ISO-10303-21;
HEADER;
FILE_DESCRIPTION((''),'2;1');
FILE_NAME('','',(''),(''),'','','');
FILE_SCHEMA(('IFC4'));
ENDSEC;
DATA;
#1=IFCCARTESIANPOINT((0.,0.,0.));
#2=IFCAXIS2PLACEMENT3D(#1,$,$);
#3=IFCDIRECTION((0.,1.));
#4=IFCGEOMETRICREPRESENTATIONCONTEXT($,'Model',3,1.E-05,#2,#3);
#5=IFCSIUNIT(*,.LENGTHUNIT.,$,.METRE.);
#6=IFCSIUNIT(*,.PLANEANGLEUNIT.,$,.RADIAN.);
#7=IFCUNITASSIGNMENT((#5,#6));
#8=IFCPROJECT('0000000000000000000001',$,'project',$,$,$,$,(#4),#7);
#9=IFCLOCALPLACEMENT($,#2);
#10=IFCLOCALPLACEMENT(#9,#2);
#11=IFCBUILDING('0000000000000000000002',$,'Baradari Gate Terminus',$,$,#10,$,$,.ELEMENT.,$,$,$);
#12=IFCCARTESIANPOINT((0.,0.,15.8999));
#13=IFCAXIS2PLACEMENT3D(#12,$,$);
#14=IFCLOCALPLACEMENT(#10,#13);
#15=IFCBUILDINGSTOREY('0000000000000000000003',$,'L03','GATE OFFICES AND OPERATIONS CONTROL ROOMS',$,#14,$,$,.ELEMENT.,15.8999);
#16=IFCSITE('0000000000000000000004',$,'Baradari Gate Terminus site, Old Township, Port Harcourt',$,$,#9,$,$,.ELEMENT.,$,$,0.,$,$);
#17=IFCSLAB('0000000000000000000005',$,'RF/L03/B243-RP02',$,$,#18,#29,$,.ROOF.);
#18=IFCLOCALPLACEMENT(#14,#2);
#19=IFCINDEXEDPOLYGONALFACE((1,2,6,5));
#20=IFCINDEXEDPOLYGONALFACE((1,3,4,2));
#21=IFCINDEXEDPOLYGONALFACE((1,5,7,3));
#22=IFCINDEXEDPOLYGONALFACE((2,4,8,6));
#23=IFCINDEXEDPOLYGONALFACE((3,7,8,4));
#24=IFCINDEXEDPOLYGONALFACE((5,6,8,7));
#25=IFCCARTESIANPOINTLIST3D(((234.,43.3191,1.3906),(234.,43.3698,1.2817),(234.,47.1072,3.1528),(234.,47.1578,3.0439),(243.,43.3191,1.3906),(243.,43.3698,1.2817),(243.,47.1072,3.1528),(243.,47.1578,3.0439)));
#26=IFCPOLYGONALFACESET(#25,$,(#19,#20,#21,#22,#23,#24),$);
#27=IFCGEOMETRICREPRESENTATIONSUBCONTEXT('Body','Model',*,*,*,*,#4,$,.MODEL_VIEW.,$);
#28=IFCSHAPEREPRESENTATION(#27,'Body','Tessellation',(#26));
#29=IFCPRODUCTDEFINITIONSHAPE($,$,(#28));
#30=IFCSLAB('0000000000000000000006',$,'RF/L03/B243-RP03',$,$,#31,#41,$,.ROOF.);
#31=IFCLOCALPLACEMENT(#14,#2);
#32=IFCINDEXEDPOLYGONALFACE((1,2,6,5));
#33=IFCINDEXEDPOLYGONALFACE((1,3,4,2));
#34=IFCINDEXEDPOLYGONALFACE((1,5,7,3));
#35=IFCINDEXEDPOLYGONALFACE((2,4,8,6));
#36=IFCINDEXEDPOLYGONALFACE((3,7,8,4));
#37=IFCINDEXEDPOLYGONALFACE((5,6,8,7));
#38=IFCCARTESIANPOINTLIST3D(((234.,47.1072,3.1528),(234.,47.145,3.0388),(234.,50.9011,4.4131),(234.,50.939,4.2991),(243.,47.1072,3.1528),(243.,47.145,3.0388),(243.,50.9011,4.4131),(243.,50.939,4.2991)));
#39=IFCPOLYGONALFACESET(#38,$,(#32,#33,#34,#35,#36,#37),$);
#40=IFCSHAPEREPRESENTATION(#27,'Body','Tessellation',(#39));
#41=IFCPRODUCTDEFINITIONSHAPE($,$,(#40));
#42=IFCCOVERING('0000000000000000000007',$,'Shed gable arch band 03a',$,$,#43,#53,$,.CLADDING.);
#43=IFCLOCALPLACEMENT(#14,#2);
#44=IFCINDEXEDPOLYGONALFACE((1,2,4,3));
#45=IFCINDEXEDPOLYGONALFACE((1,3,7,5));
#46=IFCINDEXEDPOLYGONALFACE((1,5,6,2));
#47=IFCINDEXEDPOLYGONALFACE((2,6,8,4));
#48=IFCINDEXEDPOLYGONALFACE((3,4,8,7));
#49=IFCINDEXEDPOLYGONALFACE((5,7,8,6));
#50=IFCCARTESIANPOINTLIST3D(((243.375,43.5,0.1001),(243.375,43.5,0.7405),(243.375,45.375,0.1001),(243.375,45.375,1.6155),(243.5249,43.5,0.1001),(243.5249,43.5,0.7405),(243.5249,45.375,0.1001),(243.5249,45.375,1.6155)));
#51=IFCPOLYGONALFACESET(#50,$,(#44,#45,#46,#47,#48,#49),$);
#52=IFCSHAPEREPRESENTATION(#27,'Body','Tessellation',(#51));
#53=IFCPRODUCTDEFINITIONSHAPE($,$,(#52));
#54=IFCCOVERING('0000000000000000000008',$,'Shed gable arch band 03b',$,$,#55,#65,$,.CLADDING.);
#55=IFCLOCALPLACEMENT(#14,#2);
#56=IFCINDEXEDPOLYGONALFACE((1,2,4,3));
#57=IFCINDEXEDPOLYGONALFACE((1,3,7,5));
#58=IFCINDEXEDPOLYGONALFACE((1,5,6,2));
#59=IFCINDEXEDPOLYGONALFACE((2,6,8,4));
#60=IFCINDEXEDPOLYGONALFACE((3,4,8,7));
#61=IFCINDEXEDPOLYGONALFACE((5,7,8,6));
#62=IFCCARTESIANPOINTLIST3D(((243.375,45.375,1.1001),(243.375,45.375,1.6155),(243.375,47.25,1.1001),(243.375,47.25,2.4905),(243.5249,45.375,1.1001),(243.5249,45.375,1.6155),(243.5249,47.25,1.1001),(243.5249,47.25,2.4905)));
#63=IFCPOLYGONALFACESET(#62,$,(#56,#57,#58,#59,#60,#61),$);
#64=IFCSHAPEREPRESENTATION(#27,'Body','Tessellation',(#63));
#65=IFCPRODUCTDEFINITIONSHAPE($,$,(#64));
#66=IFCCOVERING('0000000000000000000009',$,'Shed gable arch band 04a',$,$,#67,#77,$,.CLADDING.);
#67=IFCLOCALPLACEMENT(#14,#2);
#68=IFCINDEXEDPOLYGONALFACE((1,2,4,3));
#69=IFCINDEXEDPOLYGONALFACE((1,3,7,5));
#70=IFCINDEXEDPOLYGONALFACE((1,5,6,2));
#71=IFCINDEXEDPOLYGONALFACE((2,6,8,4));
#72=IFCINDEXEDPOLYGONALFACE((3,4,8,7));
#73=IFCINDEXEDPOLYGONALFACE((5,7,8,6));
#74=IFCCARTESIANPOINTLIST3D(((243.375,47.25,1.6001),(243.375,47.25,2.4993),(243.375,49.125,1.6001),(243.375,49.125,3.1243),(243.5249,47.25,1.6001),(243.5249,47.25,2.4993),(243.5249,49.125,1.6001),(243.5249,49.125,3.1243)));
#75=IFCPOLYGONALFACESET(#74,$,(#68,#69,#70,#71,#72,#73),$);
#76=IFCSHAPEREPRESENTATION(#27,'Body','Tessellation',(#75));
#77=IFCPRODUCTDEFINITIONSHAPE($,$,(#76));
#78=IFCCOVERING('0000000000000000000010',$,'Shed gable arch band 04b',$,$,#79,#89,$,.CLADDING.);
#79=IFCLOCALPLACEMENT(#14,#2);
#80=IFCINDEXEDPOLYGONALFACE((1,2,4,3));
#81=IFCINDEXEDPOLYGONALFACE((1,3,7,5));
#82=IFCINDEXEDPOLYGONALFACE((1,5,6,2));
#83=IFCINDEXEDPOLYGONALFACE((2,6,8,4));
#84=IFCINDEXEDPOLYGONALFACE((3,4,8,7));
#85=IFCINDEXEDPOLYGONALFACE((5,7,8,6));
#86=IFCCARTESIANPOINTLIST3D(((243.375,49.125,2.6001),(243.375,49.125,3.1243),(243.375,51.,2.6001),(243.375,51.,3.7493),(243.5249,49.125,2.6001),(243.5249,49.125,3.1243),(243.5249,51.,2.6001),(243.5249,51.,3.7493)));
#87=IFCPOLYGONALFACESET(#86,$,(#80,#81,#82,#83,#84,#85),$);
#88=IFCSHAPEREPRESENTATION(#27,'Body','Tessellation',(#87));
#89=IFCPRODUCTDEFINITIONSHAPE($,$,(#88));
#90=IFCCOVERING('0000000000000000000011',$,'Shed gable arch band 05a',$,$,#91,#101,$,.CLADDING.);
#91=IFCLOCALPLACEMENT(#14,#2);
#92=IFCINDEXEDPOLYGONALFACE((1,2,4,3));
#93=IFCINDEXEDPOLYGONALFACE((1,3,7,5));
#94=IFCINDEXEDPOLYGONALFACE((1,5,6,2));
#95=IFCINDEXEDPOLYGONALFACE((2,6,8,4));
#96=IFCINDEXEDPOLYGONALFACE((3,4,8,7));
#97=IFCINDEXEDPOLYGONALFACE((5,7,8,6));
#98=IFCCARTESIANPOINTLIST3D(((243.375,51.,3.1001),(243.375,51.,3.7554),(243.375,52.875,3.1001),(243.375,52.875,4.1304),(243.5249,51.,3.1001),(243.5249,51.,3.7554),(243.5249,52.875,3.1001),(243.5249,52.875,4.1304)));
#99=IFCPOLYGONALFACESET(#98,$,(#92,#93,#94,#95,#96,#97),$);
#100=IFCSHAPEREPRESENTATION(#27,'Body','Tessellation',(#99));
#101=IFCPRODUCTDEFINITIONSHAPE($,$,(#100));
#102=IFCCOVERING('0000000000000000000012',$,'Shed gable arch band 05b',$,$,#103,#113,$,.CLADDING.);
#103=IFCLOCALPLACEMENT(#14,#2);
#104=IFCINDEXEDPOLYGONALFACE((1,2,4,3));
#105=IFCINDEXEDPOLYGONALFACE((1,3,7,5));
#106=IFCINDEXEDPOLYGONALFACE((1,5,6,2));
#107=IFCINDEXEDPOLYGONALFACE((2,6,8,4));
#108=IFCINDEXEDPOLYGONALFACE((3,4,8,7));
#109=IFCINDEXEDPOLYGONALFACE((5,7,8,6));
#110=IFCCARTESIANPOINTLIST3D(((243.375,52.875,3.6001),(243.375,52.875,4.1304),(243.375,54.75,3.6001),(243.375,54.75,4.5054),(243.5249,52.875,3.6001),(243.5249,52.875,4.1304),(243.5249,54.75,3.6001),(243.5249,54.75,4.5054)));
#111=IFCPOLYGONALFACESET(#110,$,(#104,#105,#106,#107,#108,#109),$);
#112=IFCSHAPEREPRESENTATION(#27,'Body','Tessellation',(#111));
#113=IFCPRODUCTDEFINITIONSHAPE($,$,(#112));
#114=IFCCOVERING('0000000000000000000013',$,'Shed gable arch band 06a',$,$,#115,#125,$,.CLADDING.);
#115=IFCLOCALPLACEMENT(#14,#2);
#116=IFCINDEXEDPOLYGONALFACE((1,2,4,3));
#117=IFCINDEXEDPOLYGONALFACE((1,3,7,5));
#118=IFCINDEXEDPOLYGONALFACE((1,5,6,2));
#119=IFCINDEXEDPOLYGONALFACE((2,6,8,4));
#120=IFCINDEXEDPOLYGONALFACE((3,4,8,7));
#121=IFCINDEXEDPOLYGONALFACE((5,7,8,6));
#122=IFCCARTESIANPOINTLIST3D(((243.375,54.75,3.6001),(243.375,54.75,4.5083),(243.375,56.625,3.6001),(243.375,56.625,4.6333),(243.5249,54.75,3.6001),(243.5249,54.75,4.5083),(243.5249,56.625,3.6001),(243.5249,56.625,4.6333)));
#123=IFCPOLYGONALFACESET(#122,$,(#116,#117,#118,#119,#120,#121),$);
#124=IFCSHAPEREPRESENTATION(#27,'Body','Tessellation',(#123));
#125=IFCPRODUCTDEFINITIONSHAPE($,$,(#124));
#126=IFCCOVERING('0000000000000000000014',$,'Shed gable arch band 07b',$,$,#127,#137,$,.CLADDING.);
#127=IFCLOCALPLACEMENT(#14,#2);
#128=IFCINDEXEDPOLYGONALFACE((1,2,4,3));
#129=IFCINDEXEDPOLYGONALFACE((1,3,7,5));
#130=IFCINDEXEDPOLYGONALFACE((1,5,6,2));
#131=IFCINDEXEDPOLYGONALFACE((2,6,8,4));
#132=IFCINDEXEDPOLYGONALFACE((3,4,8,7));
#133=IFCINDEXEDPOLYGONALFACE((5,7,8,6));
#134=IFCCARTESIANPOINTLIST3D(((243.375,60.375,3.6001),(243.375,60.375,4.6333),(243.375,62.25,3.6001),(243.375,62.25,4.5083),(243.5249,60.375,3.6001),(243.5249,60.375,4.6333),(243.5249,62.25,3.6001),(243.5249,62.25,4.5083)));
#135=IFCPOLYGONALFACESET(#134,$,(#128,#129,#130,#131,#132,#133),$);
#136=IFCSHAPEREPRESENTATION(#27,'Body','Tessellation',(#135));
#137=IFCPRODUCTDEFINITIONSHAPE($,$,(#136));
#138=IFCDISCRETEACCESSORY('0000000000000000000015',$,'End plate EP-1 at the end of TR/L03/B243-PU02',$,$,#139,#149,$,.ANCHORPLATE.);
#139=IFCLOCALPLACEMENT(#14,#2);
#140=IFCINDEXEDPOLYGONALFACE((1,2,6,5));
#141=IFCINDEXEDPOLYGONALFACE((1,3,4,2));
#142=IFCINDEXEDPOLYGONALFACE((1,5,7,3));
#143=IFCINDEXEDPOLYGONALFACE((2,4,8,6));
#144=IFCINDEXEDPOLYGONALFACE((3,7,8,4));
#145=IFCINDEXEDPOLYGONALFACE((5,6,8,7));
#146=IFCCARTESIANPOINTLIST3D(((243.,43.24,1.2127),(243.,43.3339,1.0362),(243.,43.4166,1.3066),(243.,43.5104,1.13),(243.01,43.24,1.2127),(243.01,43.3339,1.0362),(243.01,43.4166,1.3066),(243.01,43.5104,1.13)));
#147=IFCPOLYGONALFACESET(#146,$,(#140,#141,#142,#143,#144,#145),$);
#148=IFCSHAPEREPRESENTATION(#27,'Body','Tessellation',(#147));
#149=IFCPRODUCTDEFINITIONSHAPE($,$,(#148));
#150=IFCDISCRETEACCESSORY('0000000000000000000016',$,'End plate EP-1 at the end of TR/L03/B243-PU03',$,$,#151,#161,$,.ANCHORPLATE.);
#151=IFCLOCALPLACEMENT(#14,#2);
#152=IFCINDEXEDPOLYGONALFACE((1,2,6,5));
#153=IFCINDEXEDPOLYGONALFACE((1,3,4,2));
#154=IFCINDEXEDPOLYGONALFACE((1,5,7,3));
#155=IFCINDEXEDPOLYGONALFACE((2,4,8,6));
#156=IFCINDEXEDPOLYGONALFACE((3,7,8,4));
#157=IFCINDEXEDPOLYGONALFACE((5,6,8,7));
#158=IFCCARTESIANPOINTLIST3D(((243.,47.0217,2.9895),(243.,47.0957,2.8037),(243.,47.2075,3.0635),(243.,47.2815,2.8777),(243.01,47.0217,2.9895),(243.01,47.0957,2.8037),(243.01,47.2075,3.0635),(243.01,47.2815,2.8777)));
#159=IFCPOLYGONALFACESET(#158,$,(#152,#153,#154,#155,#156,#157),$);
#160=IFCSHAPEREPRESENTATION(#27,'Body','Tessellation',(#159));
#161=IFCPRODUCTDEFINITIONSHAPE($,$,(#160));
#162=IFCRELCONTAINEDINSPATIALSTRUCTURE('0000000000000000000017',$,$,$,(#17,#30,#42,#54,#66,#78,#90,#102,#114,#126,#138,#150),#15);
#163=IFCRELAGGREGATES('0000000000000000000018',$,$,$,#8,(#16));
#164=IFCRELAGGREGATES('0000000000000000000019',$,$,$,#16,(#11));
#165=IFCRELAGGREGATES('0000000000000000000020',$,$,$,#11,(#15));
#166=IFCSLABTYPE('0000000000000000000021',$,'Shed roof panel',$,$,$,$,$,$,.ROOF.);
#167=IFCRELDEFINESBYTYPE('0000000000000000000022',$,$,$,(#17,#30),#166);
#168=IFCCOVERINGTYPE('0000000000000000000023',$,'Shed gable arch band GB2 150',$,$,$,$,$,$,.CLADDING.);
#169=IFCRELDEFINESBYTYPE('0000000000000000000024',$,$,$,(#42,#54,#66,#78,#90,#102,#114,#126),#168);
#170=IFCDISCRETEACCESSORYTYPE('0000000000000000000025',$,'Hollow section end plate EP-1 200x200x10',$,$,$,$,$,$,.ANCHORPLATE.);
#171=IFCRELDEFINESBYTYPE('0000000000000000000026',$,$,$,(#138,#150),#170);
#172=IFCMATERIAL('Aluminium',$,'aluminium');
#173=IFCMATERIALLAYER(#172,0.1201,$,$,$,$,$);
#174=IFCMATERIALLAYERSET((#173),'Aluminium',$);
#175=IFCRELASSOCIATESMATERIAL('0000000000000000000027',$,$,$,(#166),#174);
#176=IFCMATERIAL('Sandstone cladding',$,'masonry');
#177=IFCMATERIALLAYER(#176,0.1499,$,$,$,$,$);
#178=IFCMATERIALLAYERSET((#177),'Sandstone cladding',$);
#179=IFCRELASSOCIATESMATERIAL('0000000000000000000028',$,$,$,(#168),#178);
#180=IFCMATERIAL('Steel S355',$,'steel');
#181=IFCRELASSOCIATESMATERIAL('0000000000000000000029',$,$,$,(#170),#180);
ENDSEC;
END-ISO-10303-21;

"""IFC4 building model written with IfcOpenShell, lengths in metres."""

from ifc_helpers import new_model, si_unit, direction, frame, origin, origin_2d, place, context, subcontext, project, spatial, polyline, rectangle, outline, extrude, material, layer, layer_set, type_object, element, save


model = new_model("IFC4")

# Units and contexts
model_context = context("Model", 3, precision=1e-05, world=origin(), true_north=direction((0.0, 1.0)))
body_context = subcontext(model_context, "Body", "Model", "MODEL_VIEW")
ifc_project = project(units=[si_unit("LENGTHUNIT", "METRE"), si_unit("PLANEANGLEUNIT", "RADIAN")], contexts=[model_context])

# Site, building, storey
site_placement = place(None, origin())
site = spatial("IfcSite", under=ifc_project, at=site_placement, Name="Baradari Gate Terminus site, Old Township, Port Harcourt", CompositionType="ELEMENT", RefElevation=0.0)
building_placement = place(site_placement, origin())
building = spatial("IfcBuilding", under=site, at=building_placement, Name="Baradari Gate Terminus", CompositionType="ELEMENT")
storey_placement = place(building_placement, frame((0.0, 0.0, 15.8999)))
storey = spatial("IfcBuildingStorey", under=building, at=storey_placement, Name="L03", Description="GATE OFFICES AND OPERATIONS CONTROL ROOMS", CompositionType="ELEMENT", Elevation=15.8999)

# Slabs
ifc_material_1 = material(Name="Aluminium", Category="aluminium")
ifc_layer_1 = layer(ifc_material_1, 0.1201)
ifc_layer_set_1 = layer_set([ifc_layer_1], Name="Aluminium")
slab_type = type_object("IfcSlabType", Name="Shed roof panel", PredefinedType="ROOF", material=ifc_layer_set_1)
slab_1_placement = place(storey_placement, frame((234.0, 43.3191, 1.3906), z_axis=(0.0, -0.421791, 0.906693), x_axis=(1.0, 0.0, 0.0)))
element("IfcSlab", 1, at=slab_1_placement, inside=storey, type_object=slab_type, Name="RF/L03/B243-RP02", PredefinedType="ROOF", context=body_context, shape_type="SweptSolid", body=[
    extrude(outline(polyline([(0.0, 0.0), (9.0, 0.0), (9.0, 4.1779), (0.0, 4.1779), (0.0, 0.0)])), origin(), (0.0, 0.0, -1.0), 0.1201),
])
slab_2_placement = place(storey_placement, frame((234.0, 47.1072, 3.1528), z_axis=(0.0, -0.315238, 0.949013), x_axis=(1.0, 0.0, 0.0)))
element("IfcSlab", 2, at=slab_2_placement, inside=storey, type_object=slab_type, Name="RF/L03/B243-RP03", PredefinedType="ROOF", context=body_context, shape_type="SweptSolid", body=[
    extrude(outline(polyline([(0.0, 0.0), (9.0, 0.0), (9.0, 3.9978), (0.0, 3.9978), (0.0, 0.0)])), origin(), (0.0, 0.0, -1.0), 0.1201),
])

# Coverings
ifc_material_2 = material(Name="Sandstone cladding", Category="masonry")
ifc_layer_2 = layer(ifc_material_2, 0.1499)
ifc_layer_set_2 = layer_set([ifc_layer_2], Name="Sandstone cladding")
covering_type = type_object("IfcCoveringType", Name="Shed gable arch band GB2 150", PredefinedType="CLADDING", material=ifc_layer_set_2)
covering_1_placement = place(storey_placement, frame((243.45, 43.5, 0.1001), z_axis=(0.0, 0.0, 1.0), x_axis=(0.0, 1.0, 0.0)))
element("IfcCovering", 3, at=covering_1_placement, inside=storey, type_object=covering_type, Name="Shed gable arch band 03a", PredefinedType="CLADDING", context=body_context, shape_type="SweptSolid", body=[
    extrude(outline(polyline([(1.875, 0.0), (1.875, 1.5154), (0.0, 0.6404), (0.0, 0.0), (1.875, 0.0)])), frame((0.0, 0.075, 0.0), z_axis=(0.0, -1.0, 0.0), x_axis=(1.0, 0.0, 0.0)), (0.0, 0.0, 1.0), 0.1499),
])
covering_2_placement = place(storey_placement, frame((243.45, 45.375, 1.1001), z_axis=(0.0, 0.0, 1.0), x_axis=(0.0, 1.0, 0.0)))
element("IfcCovering", 4, at=covering_2_placement, inside=storey, type_object=covering_type, Name="Shed gable arch band 03b", PredefinedType="CLADDING", context=body_context, shape_type="SweptSolid", body=[
    extrude(outline(polyline([(1.875, 0.0), (1.875, 1.3904), (0.0, 0.5154), (0.0, 0.0), (1.875, 0.0)])), frame((0.0, 0.075, 0.0), z_axis=(0.0, -1.0, 0.0), x_axis=(1.0, 0.0, 0.0)), (0.0, 0.0, 1.0), 0.1499),
])
covering_3_placement = place(storey_placement, frame((243.45, 47.25, 1.6001), z_axis=(0.0, 0.0, 1.0), x_axis=(0.0, 1.0, 0.0)))
element("IfcCovering", 5, at=covering_3_placement, inside=storey, type_object=covering_type, Name="Shed gable arch band 04a", PredefinedType="CLADDING", context=body_context, shape_type="SweptSolid", body=[
    extrude(outline(polyline([(1.875, 0.0), (1.875, 1.5242), (0.0, 0.8992), (0.0, 0.0), (1.875, 0.0)])), frame((0.0, 0.075, 0.0), z_axis=(0.0, -1.0, 0.0), x_axis=(1.0, 0.0, 0.0)), (0.0, 0.0, 1.0), 0.1499),
])
covering_4_placement = place(storey_placement, frame((243.45, 49.125, 2.6001), z_axis=(0.0, 0.0, 1.0), x_axis=(0.0, 1.0, 0.0)))
element("IfcCovering", 6, at=covering_4_placement, inside=storey, type_object=covering_type, Name="Shed gable arch band 04b", PredefinedType="CLADDING", context=body_context, shape_type="SweptSolid", body=[
    extrude(outline(polyline([(1.875, 0.0), (1.875, 1.1492), (0.0, 0.5242), (0.0, 0.0), (1.875, 0.0)])), frame((0.0, 0.075, 0.0), z_axis=(0.0, -1.0, 0.0), x_axis=(1.0, 0.0, 0.0)), (0.0, 0.0, 1.0), 0.1499),
])
covering_5_placement = place(storey_placement, frame((243.45, 51.0, 3.1001), z_axis=(0.0, 0.0, 1.0), x_axis=(0.0, 1.0, 0.0)))
element("IfcCovering", 7, at=covering_5_placement, inside=storey, type_object=covering_type, Name="Shed gable arch band 05a", PredefinedType="CLADDING", context=body_context, shape_type="SweptSolid", body=[
    extrude(outline(polyline([(1.875, 0.0), (1.875, 1.0303), (0.0, 0.6553), (0.0, 0.0), (1.875, 0.0)])), frame((0.0, 0.075, 0.0), z_axis=(0.0, -1.0, 0.0), x_axis=(1.0, 0.0, 0.0)), (0.0, 0.0, 1.0), 0.1499),
])
covering_6_placement = place(storey_placement, frame((243.45, 52.875, 3.6001), z_axis=(0.0, 0.0, 1.0), x_axis=(0.0, 1.0, 0.0)))
element("IfcCovering", 8, at=covering_6_placement, inside=storey, type_object=covering_type, Name="Shed gable arch band 05b", PredefinedType="CLADDING", context=body_context, shape_type="SweptSolid", body=[
    extrude(outline(polyline([(1.875, 0.0), (1.875, 0.9053), (0.0, 0.5303), (0.0, 0.0), (1.875, 0.0)])), frame((0.0, 0.075, 0.0), z_axis=(0.0, -1.0, 0.0), x_axis=(1.0, 0.0, 0.0)), (0.0, 0.0, 1.0), 0.1499),
])
covering_7_placement = place(storey_placement, frame((243.45, 54.75, 3.6001), z_axis=(0.0, 0.0, 1.0), x_axis=(0.0, 1.0, 0.0)))
element("IfcCovering", 9, at=covering_7_placement, inside=storey, type_object=covering_type, Name="Shed gable arch band 06a", PredefinedType="CLADDING", context=body_context, shape_type="SweptSolid", body=[
    extrude(outline(polyline([(1.875, 0.0), (1.875, 1.0332), (0.0, 0.9082), (0.0, 0.0), (1.875, 0.0)])), frame((0.0, 0.075, 0.0), z_axis=(0.0, -1.0, 0.0), x_axis=(1.0, 0.0, 0.0)), (0.0, 0.0, 1.0), 0.1499),
])
covering_8_placement = place(storey_placement, frame((243.45, 60.375, 3.6001), z_axis=(0.0, 0.0, 1.0), x_axis=(0.0, 1.0, 0.0)))
element("IfcCovering", 10, at=covering_8_placement, inside=storey, type_object=covering_type, Name="Shed gable arch band 07b", PredefinedType="CLADDING", context=body_context, shape_type="SweptSolid", body=[
    extrude(outline(polyline([(1.875, 0.0), (1.875, 0.9082), (0.0, 1.0332), (0.0, 0.0), (1.875, 0.0)])), frame((0.0, 0.075, 0.0), z_axis=(0.0, -1.0, 0.0), x_axis=(1.0, 0.0, 0.0)), (0.0, 0.0, 1.0), 0.1499),
])

# Discrete accessories
ifc_material_3 = material(Name="Steel S355", Category="steel")
discrete_accessory_type = type_object("IfcDiscreteAccessoryType", Name="Hollow section end plate EP-1 200x200x10", PredefinedType="ANCHORPLATE", material=ifc_material_3)
for number, where, z_axis, x_axis, name in (
    (11, (243.0, 43.3752, 1.1714), (1.0, 0.0, 0.0), (0.0, 0.883027, 0.469322), "End plate EP-1 at the end of TR/L03/B243-PU02"),
    (12, (243.0, 47.1516, 2.9336), (1.0, 0.0, 0.0), (0.0, 0.928965, 0.370167), "End plate EP-1 at the end of TR/L03/B243-PU03"),
):
    element("IfcDiscreteAccessory", number, at=place(storey_placement, frame(where, z_axis=z_axis, x_axis=x_axis)), inside=storey, type_object=discrete_accessory_type, Name=name, PredefinedType="ANCHORPLATE", context=body_context, shape_type="SweptSolid", body=[
        extrude(rectangle(XDim=0.2, YDim=0.2, at=origin_2d()), origin(), (0.0, 0.0, 1.0), 0.01),
    ])

save(model, "model.ifc")
